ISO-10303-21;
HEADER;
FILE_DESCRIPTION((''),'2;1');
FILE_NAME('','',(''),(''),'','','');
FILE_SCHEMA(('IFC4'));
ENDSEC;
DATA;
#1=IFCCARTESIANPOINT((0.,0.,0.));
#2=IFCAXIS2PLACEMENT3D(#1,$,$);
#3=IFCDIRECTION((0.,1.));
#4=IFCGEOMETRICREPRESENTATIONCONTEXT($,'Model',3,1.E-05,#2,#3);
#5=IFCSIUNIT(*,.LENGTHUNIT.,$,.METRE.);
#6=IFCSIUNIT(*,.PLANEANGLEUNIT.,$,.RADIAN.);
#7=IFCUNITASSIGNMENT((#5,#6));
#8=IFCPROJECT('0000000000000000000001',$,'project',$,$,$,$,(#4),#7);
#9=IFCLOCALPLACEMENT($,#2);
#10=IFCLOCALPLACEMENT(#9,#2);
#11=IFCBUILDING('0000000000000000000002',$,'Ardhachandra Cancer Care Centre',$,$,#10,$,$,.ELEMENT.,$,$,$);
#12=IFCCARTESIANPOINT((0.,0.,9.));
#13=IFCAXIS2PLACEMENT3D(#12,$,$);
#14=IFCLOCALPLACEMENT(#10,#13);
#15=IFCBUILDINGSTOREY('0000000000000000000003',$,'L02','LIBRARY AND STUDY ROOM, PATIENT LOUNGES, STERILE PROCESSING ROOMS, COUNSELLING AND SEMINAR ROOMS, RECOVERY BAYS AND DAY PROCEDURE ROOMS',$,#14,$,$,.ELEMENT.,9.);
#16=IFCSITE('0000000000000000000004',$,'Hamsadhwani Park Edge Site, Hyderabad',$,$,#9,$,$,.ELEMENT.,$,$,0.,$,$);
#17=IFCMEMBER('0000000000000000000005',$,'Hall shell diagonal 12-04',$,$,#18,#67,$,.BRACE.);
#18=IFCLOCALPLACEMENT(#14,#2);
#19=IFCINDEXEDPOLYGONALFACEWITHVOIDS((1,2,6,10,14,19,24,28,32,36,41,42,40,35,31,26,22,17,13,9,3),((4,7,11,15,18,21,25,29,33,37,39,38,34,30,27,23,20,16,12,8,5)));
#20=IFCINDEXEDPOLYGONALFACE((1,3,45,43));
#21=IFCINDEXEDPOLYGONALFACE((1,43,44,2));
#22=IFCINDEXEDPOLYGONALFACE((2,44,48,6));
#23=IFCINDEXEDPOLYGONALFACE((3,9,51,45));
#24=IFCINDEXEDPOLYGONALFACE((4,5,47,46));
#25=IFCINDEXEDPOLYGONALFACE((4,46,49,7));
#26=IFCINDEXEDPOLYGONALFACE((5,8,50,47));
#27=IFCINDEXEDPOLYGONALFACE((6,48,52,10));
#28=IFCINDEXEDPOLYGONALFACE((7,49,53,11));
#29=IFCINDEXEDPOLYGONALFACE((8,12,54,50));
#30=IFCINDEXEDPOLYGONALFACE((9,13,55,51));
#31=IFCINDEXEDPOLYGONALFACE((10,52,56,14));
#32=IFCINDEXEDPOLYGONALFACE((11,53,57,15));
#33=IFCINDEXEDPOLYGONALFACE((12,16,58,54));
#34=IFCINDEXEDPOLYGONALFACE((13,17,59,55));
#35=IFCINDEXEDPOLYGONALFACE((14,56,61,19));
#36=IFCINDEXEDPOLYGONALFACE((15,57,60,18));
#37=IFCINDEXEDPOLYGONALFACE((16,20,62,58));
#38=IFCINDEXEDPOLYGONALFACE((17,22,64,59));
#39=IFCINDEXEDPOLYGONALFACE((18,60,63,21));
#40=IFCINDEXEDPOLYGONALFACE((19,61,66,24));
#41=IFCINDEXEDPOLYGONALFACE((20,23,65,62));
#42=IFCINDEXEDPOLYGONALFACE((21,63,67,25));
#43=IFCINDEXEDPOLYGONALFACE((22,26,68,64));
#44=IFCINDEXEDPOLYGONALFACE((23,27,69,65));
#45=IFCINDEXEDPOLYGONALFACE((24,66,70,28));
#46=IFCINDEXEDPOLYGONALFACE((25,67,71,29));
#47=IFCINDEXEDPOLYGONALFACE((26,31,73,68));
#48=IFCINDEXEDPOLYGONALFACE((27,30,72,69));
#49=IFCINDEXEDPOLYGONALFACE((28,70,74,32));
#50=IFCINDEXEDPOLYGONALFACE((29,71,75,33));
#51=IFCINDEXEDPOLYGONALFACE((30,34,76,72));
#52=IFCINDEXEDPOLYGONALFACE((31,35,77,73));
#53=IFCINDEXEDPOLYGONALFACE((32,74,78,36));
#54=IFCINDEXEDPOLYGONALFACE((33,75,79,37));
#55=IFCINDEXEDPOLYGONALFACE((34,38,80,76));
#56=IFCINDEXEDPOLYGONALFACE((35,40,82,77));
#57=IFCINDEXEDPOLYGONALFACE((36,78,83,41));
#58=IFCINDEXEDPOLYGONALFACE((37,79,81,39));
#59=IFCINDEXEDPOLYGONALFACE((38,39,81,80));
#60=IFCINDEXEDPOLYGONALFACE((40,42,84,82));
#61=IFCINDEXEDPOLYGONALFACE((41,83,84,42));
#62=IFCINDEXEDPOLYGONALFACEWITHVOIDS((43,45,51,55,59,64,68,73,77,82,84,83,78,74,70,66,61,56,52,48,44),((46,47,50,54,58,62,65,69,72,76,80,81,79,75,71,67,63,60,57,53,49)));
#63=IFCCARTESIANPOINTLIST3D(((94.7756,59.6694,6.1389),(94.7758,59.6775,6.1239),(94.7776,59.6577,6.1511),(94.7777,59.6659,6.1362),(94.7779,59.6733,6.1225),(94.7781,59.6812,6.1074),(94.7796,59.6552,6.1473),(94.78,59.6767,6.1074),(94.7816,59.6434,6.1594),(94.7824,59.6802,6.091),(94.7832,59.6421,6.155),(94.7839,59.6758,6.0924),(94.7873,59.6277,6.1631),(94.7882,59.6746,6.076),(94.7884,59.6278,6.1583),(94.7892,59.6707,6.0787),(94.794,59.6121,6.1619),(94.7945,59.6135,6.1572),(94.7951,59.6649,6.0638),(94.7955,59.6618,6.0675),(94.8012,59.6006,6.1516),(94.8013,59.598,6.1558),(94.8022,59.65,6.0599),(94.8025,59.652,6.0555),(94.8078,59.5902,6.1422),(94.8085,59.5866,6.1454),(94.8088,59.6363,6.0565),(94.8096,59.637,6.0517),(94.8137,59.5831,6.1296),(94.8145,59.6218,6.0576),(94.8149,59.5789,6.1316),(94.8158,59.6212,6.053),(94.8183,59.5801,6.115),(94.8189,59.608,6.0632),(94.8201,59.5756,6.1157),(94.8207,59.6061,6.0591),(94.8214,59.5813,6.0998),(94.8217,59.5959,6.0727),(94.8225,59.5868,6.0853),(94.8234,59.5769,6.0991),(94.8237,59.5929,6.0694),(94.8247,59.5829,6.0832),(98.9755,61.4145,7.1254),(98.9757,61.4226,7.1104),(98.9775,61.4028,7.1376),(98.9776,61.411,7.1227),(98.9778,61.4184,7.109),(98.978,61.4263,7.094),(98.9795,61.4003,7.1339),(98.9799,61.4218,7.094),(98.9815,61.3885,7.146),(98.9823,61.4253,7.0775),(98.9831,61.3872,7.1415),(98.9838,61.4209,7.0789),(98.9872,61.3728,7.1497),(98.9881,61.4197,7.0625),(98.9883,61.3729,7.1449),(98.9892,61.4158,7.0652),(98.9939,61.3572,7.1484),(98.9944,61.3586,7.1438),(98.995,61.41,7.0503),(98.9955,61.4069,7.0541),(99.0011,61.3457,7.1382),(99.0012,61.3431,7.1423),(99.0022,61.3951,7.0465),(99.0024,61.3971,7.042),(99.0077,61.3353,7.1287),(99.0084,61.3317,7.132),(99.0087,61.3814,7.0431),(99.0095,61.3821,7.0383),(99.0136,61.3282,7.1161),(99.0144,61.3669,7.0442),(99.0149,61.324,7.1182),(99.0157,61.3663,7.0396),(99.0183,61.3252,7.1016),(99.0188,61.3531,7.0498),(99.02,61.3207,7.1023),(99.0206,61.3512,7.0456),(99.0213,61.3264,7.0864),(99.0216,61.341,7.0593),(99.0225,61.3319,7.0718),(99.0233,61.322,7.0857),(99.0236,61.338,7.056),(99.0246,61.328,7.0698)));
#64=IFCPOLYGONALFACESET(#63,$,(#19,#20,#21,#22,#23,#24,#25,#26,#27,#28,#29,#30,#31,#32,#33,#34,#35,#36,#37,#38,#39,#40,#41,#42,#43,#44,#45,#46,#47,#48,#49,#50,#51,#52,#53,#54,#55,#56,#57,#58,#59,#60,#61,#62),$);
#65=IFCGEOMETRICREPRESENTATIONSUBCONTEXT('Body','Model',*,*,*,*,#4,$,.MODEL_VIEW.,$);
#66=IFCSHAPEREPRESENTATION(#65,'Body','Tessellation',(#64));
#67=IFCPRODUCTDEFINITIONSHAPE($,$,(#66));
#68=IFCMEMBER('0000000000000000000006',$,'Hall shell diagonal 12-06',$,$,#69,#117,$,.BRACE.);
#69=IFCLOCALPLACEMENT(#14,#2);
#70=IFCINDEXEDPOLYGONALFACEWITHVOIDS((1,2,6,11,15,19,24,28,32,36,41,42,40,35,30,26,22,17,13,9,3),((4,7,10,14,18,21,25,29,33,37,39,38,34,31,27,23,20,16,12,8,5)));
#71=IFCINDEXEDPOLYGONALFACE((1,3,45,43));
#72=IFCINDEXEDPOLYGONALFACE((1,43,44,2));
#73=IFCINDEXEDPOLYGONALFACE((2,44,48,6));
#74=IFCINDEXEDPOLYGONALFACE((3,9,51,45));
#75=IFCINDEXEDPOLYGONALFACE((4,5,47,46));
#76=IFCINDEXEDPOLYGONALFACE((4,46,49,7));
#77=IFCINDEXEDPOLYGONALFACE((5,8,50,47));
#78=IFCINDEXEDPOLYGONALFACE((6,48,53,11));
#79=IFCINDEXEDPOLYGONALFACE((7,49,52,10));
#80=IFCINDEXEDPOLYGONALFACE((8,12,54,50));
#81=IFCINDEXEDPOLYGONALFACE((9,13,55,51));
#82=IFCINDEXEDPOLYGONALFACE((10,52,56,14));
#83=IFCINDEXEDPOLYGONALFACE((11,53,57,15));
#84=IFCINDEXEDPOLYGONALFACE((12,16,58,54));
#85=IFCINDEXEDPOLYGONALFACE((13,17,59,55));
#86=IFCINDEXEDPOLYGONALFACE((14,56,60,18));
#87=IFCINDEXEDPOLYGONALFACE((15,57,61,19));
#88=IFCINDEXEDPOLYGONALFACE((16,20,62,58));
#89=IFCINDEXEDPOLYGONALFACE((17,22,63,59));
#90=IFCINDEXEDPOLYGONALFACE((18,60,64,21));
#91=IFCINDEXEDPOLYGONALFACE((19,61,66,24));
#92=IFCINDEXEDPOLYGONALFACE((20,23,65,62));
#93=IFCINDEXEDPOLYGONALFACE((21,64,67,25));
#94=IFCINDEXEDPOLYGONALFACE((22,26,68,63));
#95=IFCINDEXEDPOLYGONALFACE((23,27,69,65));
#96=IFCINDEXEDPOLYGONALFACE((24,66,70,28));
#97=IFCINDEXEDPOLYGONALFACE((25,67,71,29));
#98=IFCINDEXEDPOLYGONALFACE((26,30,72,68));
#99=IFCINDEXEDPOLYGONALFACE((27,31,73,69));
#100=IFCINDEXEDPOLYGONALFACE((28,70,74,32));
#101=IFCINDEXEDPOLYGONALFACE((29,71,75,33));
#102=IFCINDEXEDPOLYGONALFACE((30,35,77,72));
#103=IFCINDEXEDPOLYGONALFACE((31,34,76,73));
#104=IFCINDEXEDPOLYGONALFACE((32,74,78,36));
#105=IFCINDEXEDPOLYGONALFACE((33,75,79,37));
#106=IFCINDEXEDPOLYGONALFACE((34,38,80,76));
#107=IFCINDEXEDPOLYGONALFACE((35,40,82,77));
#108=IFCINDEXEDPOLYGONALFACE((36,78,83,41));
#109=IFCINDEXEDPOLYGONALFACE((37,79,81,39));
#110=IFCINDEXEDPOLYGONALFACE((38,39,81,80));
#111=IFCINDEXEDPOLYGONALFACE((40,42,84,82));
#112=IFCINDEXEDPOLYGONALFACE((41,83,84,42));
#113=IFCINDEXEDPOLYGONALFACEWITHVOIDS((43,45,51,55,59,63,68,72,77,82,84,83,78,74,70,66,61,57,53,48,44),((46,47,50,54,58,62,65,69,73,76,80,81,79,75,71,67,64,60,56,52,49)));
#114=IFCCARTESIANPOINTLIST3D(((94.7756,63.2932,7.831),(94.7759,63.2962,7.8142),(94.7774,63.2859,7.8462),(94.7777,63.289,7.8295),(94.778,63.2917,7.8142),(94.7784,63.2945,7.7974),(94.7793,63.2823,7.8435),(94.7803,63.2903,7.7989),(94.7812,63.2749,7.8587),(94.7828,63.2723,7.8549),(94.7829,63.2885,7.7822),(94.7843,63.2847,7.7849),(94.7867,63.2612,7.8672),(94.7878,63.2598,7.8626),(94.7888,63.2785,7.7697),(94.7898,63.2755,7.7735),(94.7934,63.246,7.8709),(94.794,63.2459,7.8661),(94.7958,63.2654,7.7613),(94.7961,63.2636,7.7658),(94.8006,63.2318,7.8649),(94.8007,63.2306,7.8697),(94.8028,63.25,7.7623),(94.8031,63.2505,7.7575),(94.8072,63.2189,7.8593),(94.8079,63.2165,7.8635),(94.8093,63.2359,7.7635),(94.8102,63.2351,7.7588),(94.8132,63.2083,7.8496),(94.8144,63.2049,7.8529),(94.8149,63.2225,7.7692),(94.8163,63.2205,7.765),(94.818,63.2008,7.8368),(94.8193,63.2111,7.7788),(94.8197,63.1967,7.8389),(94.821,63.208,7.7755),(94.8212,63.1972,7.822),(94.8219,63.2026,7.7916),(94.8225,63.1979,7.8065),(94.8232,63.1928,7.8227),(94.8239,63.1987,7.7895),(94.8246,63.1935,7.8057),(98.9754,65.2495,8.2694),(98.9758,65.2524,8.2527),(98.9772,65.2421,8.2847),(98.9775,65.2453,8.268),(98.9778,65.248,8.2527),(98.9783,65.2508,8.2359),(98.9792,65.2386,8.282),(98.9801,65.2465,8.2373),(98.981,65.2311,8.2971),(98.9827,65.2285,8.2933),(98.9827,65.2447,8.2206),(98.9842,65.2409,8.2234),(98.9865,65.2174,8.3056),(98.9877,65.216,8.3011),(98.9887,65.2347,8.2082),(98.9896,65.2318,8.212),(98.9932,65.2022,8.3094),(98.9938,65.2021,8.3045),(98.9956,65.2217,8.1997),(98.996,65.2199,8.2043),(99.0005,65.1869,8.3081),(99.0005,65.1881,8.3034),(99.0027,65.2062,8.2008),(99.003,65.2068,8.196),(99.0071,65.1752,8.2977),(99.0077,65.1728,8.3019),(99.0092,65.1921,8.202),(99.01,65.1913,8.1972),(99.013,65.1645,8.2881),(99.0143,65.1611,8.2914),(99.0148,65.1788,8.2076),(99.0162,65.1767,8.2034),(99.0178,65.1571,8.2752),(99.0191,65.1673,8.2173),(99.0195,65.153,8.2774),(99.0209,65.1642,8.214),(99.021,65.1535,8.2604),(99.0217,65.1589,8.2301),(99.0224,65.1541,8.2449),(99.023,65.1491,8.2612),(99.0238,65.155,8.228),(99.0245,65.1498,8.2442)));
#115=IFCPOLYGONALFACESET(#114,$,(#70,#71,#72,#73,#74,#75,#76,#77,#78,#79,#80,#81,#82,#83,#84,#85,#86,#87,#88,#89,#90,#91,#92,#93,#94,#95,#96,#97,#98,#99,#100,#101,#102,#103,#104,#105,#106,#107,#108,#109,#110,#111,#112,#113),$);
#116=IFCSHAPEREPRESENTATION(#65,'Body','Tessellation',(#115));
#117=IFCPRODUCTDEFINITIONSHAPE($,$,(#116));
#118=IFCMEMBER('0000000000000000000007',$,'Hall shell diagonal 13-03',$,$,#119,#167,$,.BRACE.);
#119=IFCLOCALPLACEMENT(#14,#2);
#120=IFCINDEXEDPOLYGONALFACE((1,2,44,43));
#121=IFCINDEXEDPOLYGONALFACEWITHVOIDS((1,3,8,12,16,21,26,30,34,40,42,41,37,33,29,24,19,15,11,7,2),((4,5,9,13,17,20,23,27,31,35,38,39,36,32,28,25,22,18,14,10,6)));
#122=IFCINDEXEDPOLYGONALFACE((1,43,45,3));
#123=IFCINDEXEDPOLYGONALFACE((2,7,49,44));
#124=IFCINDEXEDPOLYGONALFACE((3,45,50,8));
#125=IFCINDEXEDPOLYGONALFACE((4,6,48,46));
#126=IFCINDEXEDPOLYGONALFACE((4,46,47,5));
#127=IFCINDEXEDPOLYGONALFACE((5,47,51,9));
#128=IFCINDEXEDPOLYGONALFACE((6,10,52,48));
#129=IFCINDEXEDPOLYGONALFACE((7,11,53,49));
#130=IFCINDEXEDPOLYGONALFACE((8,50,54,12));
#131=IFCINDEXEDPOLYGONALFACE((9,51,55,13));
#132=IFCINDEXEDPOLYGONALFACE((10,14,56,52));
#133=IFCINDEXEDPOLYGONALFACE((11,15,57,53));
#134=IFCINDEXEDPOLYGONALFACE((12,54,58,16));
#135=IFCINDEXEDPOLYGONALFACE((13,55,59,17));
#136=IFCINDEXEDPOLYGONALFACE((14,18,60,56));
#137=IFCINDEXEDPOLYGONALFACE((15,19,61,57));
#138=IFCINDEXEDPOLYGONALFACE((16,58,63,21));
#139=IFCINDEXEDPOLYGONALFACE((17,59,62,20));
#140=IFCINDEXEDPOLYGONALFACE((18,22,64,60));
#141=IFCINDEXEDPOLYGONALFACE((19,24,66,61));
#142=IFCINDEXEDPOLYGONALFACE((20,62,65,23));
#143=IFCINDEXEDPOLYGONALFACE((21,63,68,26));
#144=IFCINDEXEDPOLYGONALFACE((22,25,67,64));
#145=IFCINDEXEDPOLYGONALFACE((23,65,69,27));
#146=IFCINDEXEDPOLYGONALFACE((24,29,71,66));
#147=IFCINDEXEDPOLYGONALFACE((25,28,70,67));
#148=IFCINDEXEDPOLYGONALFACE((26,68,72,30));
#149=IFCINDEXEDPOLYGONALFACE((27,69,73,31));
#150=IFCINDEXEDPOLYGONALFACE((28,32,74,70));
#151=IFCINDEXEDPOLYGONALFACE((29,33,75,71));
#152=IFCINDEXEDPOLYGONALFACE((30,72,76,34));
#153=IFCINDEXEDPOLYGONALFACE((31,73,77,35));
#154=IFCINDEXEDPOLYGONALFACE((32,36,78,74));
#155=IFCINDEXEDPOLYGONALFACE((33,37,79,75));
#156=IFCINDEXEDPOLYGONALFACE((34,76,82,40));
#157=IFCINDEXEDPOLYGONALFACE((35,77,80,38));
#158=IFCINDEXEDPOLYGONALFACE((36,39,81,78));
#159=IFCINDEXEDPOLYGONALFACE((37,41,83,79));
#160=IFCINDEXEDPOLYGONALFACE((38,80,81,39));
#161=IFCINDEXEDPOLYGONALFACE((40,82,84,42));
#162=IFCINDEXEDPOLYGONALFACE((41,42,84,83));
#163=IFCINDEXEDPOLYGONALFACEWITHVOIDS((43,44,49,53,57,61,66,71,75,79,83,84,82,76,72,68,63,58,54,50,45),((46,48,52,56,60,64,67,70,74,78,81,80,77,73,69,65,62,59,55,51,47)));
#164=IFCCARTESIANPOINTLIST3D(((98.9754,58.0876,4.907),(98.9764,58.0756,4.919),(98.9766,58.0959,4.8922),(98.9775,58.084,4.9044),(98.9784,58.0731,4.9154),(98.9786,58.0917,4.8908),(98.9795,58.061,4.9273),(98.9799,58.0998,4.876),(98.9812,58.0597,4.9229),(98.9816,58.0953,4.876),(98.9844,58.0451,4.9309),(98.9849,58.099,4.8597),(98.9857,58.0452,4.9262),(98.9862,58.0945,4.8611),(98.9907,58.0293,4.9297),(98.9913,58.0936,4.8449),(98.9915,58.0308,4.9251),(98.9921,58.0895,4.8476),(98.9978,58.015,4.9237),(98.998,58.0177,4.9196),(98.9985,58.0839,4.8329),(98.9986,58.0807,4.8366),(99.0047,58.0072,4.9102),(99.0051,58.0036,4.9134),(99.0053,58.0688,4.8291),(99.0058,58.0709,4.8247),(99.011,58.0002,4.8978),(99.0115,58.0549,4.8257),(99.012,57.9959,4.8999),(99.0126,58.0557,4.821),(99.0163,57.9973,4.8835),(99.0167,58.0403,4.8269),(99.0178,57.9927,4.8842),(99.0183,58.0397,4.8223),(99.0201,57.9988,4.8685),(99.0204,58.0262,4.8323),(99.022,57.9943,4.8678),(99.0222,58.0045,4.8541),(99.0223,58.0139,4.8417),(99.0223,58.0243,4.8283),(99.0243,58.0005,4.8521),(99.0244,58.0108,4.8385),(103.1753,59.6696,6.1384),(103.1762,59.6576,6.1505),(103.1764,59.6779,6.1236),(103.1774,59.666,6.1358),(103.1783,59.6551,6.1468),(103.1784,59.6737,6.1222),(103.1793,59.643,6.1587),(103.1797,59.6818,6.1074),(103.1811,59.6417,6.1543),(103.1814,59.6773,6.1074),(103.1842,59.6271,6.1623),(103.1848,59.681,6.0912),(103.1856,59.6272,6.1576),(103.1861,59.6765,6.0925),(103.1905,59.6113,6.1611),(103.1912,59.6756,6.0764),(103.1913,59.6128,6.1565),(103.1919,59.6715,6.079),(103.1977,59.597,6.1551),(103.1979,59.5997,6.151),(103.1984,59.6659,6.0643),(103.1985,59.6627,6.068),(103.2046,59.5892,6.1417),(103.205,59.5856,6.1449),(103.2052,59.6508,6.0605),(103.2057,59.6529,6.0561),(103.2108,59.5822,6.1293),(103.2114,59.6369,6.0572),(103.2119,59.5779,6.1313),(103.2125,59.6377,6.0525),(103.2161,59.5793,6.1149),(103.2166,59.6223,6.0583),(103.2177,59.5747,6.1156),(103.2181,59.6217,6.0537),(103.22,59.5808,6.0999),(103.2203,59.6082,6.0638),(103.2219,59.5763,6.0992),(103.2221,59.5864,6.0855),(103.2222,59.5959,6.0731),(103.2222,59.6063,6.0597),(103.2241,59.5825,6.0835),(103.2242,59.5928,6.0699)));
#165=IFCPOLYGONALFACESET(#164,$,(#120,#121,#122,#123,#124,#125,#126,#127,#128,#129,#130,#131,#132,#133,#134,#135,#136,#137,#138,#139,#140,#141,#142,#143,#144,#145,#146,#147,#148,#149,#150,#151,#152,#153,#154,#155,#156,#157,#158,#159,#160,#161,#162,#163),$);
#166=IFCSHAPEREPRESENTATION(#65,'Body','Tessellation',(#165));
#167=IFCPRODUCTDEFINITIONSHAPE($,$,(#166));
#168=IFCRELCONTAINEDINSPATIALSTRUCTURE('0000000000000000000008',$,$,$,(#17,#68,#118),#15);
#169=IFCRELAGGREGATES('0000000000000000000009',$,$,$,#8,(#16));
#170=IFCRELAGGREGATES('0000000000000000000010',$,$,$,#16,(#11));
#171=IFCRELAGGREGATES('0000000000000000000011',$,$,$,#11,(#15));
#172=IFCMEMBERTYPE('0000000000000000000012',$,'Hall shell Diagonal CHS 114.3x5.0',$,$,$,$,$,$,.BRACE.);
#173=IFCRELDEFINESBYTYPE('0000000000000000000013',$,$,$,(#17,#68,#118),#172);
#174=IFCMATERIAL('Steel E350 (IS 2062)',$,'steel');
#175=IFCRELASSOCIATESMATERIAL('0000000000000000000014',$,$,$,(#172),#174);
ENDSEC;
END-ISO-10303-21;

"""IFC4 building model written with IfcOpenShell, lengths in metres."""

from ifc_helpers import new_model, si_unit, direction, frame, origin, origin_2d, place, context, subcontext, project, spatial, hollow_circle, extrude, material, material_profile, profile_set, type_object, element, save


model = new_model("IFC4")

# Units and contexts
model_context = context("Model", 3, precision=1e-05, world=origin(), true_north=direction((0.0, 1.0)))
body_context = subcontext(model_context, "Body", "Model", "MODEL_VIEW")
ifc_project = project(units=[si_unit("LENGTHUNIT", "METRE"), si_unit("PLANEANGLEUNIT", "RADIAN")], contexts=[model_context])

# Site, building, storey
site_placement = place(None, origin())
site = spatial("IfcSite", under=ifc_project, at=site_placement, Name="Hamsadhwani Park Edge Site, Hyderabad", CompositionType="ELEMENT", RefElevation=0.0)
building_placement = place(site_placement, origin())
building = spatial("IfcBuilding", under=site, at=building_placement, Name="Ardhachandra Cancer Care Centre", CompositionType="ELEMENT")
storey_placement = place(building_placement, frame((0.0, 0.0, 9.0)))
storey = spatial("IfcBuildingStorey", under=building, at=storey_placement, Name="L02", Description="LIBRARY AND STUDY ROOM, PATIENT LOUNGES, STERILE PROCESSING ROOMS, COUNSELLING AND SEMINAR ROOMS, RECOVERY BAYS AND DAY PROCEDURE ROOMS", CompositionType="ELEMENT", Elevation=9.0)

# Members
ifc_material_1 = material(Name="Steel E350 (IS 2062)", Category="steel")
ifc_material_profile_1 = material_profile(ifc_material_1, hollow_circle(Radius=0.0571, WallThickness=0.0049, at=origin_2d()), Name="CHS 114.3x5.0")
ifc_profile_set_1 = profile_set([ifc_material_profile_1], Name="Steel E350 (IS 2062)")
member_type_1 = type_object("IfcMemberType", Name="Hall shell Diagonal CHS 114.3x5.0", PredefinedType="BRACE", material=ifc_profile_set_1)
for number, where, z_axis, x_axis, name in (
    (1, (94.8, 59.6284, 6.1074), (0.902467, 0.374983, 0.21199), (-0.383704, 0.923456, 0.0), "Hall shell diagonal 12-04"),
    (2, (94.8, 63.2444, 7.8142), (0.902455, 0.420355, 0.094217), (-0.422233, 0.906487, 0.0), "Hall shell diagonal 12-06"),
    (3, (99.0, 58.0464, 4.876), (0.902457, 0.339936, 0.264605), (-0.3525, 0.935812, 0.0), "Hall shell diagonal 13-03"),
):
    element("IfcMember", number, at=place(storey_placement, frame(where, z_axis=z_axis, x_axis=x_axis)), inside=storey, type_object=member_type_1, Name=name, PredefinedType="BRACE", context=body_context, shape_type="SweptSolid", body=[
        extrude(hollow_circle(Radius=0.0571, WallThickness=0.0049, at=origin_2d()), origin(), (0.0, 0.0, 1.0), 4.6538),
    ])

save(model, "model.ifc")
